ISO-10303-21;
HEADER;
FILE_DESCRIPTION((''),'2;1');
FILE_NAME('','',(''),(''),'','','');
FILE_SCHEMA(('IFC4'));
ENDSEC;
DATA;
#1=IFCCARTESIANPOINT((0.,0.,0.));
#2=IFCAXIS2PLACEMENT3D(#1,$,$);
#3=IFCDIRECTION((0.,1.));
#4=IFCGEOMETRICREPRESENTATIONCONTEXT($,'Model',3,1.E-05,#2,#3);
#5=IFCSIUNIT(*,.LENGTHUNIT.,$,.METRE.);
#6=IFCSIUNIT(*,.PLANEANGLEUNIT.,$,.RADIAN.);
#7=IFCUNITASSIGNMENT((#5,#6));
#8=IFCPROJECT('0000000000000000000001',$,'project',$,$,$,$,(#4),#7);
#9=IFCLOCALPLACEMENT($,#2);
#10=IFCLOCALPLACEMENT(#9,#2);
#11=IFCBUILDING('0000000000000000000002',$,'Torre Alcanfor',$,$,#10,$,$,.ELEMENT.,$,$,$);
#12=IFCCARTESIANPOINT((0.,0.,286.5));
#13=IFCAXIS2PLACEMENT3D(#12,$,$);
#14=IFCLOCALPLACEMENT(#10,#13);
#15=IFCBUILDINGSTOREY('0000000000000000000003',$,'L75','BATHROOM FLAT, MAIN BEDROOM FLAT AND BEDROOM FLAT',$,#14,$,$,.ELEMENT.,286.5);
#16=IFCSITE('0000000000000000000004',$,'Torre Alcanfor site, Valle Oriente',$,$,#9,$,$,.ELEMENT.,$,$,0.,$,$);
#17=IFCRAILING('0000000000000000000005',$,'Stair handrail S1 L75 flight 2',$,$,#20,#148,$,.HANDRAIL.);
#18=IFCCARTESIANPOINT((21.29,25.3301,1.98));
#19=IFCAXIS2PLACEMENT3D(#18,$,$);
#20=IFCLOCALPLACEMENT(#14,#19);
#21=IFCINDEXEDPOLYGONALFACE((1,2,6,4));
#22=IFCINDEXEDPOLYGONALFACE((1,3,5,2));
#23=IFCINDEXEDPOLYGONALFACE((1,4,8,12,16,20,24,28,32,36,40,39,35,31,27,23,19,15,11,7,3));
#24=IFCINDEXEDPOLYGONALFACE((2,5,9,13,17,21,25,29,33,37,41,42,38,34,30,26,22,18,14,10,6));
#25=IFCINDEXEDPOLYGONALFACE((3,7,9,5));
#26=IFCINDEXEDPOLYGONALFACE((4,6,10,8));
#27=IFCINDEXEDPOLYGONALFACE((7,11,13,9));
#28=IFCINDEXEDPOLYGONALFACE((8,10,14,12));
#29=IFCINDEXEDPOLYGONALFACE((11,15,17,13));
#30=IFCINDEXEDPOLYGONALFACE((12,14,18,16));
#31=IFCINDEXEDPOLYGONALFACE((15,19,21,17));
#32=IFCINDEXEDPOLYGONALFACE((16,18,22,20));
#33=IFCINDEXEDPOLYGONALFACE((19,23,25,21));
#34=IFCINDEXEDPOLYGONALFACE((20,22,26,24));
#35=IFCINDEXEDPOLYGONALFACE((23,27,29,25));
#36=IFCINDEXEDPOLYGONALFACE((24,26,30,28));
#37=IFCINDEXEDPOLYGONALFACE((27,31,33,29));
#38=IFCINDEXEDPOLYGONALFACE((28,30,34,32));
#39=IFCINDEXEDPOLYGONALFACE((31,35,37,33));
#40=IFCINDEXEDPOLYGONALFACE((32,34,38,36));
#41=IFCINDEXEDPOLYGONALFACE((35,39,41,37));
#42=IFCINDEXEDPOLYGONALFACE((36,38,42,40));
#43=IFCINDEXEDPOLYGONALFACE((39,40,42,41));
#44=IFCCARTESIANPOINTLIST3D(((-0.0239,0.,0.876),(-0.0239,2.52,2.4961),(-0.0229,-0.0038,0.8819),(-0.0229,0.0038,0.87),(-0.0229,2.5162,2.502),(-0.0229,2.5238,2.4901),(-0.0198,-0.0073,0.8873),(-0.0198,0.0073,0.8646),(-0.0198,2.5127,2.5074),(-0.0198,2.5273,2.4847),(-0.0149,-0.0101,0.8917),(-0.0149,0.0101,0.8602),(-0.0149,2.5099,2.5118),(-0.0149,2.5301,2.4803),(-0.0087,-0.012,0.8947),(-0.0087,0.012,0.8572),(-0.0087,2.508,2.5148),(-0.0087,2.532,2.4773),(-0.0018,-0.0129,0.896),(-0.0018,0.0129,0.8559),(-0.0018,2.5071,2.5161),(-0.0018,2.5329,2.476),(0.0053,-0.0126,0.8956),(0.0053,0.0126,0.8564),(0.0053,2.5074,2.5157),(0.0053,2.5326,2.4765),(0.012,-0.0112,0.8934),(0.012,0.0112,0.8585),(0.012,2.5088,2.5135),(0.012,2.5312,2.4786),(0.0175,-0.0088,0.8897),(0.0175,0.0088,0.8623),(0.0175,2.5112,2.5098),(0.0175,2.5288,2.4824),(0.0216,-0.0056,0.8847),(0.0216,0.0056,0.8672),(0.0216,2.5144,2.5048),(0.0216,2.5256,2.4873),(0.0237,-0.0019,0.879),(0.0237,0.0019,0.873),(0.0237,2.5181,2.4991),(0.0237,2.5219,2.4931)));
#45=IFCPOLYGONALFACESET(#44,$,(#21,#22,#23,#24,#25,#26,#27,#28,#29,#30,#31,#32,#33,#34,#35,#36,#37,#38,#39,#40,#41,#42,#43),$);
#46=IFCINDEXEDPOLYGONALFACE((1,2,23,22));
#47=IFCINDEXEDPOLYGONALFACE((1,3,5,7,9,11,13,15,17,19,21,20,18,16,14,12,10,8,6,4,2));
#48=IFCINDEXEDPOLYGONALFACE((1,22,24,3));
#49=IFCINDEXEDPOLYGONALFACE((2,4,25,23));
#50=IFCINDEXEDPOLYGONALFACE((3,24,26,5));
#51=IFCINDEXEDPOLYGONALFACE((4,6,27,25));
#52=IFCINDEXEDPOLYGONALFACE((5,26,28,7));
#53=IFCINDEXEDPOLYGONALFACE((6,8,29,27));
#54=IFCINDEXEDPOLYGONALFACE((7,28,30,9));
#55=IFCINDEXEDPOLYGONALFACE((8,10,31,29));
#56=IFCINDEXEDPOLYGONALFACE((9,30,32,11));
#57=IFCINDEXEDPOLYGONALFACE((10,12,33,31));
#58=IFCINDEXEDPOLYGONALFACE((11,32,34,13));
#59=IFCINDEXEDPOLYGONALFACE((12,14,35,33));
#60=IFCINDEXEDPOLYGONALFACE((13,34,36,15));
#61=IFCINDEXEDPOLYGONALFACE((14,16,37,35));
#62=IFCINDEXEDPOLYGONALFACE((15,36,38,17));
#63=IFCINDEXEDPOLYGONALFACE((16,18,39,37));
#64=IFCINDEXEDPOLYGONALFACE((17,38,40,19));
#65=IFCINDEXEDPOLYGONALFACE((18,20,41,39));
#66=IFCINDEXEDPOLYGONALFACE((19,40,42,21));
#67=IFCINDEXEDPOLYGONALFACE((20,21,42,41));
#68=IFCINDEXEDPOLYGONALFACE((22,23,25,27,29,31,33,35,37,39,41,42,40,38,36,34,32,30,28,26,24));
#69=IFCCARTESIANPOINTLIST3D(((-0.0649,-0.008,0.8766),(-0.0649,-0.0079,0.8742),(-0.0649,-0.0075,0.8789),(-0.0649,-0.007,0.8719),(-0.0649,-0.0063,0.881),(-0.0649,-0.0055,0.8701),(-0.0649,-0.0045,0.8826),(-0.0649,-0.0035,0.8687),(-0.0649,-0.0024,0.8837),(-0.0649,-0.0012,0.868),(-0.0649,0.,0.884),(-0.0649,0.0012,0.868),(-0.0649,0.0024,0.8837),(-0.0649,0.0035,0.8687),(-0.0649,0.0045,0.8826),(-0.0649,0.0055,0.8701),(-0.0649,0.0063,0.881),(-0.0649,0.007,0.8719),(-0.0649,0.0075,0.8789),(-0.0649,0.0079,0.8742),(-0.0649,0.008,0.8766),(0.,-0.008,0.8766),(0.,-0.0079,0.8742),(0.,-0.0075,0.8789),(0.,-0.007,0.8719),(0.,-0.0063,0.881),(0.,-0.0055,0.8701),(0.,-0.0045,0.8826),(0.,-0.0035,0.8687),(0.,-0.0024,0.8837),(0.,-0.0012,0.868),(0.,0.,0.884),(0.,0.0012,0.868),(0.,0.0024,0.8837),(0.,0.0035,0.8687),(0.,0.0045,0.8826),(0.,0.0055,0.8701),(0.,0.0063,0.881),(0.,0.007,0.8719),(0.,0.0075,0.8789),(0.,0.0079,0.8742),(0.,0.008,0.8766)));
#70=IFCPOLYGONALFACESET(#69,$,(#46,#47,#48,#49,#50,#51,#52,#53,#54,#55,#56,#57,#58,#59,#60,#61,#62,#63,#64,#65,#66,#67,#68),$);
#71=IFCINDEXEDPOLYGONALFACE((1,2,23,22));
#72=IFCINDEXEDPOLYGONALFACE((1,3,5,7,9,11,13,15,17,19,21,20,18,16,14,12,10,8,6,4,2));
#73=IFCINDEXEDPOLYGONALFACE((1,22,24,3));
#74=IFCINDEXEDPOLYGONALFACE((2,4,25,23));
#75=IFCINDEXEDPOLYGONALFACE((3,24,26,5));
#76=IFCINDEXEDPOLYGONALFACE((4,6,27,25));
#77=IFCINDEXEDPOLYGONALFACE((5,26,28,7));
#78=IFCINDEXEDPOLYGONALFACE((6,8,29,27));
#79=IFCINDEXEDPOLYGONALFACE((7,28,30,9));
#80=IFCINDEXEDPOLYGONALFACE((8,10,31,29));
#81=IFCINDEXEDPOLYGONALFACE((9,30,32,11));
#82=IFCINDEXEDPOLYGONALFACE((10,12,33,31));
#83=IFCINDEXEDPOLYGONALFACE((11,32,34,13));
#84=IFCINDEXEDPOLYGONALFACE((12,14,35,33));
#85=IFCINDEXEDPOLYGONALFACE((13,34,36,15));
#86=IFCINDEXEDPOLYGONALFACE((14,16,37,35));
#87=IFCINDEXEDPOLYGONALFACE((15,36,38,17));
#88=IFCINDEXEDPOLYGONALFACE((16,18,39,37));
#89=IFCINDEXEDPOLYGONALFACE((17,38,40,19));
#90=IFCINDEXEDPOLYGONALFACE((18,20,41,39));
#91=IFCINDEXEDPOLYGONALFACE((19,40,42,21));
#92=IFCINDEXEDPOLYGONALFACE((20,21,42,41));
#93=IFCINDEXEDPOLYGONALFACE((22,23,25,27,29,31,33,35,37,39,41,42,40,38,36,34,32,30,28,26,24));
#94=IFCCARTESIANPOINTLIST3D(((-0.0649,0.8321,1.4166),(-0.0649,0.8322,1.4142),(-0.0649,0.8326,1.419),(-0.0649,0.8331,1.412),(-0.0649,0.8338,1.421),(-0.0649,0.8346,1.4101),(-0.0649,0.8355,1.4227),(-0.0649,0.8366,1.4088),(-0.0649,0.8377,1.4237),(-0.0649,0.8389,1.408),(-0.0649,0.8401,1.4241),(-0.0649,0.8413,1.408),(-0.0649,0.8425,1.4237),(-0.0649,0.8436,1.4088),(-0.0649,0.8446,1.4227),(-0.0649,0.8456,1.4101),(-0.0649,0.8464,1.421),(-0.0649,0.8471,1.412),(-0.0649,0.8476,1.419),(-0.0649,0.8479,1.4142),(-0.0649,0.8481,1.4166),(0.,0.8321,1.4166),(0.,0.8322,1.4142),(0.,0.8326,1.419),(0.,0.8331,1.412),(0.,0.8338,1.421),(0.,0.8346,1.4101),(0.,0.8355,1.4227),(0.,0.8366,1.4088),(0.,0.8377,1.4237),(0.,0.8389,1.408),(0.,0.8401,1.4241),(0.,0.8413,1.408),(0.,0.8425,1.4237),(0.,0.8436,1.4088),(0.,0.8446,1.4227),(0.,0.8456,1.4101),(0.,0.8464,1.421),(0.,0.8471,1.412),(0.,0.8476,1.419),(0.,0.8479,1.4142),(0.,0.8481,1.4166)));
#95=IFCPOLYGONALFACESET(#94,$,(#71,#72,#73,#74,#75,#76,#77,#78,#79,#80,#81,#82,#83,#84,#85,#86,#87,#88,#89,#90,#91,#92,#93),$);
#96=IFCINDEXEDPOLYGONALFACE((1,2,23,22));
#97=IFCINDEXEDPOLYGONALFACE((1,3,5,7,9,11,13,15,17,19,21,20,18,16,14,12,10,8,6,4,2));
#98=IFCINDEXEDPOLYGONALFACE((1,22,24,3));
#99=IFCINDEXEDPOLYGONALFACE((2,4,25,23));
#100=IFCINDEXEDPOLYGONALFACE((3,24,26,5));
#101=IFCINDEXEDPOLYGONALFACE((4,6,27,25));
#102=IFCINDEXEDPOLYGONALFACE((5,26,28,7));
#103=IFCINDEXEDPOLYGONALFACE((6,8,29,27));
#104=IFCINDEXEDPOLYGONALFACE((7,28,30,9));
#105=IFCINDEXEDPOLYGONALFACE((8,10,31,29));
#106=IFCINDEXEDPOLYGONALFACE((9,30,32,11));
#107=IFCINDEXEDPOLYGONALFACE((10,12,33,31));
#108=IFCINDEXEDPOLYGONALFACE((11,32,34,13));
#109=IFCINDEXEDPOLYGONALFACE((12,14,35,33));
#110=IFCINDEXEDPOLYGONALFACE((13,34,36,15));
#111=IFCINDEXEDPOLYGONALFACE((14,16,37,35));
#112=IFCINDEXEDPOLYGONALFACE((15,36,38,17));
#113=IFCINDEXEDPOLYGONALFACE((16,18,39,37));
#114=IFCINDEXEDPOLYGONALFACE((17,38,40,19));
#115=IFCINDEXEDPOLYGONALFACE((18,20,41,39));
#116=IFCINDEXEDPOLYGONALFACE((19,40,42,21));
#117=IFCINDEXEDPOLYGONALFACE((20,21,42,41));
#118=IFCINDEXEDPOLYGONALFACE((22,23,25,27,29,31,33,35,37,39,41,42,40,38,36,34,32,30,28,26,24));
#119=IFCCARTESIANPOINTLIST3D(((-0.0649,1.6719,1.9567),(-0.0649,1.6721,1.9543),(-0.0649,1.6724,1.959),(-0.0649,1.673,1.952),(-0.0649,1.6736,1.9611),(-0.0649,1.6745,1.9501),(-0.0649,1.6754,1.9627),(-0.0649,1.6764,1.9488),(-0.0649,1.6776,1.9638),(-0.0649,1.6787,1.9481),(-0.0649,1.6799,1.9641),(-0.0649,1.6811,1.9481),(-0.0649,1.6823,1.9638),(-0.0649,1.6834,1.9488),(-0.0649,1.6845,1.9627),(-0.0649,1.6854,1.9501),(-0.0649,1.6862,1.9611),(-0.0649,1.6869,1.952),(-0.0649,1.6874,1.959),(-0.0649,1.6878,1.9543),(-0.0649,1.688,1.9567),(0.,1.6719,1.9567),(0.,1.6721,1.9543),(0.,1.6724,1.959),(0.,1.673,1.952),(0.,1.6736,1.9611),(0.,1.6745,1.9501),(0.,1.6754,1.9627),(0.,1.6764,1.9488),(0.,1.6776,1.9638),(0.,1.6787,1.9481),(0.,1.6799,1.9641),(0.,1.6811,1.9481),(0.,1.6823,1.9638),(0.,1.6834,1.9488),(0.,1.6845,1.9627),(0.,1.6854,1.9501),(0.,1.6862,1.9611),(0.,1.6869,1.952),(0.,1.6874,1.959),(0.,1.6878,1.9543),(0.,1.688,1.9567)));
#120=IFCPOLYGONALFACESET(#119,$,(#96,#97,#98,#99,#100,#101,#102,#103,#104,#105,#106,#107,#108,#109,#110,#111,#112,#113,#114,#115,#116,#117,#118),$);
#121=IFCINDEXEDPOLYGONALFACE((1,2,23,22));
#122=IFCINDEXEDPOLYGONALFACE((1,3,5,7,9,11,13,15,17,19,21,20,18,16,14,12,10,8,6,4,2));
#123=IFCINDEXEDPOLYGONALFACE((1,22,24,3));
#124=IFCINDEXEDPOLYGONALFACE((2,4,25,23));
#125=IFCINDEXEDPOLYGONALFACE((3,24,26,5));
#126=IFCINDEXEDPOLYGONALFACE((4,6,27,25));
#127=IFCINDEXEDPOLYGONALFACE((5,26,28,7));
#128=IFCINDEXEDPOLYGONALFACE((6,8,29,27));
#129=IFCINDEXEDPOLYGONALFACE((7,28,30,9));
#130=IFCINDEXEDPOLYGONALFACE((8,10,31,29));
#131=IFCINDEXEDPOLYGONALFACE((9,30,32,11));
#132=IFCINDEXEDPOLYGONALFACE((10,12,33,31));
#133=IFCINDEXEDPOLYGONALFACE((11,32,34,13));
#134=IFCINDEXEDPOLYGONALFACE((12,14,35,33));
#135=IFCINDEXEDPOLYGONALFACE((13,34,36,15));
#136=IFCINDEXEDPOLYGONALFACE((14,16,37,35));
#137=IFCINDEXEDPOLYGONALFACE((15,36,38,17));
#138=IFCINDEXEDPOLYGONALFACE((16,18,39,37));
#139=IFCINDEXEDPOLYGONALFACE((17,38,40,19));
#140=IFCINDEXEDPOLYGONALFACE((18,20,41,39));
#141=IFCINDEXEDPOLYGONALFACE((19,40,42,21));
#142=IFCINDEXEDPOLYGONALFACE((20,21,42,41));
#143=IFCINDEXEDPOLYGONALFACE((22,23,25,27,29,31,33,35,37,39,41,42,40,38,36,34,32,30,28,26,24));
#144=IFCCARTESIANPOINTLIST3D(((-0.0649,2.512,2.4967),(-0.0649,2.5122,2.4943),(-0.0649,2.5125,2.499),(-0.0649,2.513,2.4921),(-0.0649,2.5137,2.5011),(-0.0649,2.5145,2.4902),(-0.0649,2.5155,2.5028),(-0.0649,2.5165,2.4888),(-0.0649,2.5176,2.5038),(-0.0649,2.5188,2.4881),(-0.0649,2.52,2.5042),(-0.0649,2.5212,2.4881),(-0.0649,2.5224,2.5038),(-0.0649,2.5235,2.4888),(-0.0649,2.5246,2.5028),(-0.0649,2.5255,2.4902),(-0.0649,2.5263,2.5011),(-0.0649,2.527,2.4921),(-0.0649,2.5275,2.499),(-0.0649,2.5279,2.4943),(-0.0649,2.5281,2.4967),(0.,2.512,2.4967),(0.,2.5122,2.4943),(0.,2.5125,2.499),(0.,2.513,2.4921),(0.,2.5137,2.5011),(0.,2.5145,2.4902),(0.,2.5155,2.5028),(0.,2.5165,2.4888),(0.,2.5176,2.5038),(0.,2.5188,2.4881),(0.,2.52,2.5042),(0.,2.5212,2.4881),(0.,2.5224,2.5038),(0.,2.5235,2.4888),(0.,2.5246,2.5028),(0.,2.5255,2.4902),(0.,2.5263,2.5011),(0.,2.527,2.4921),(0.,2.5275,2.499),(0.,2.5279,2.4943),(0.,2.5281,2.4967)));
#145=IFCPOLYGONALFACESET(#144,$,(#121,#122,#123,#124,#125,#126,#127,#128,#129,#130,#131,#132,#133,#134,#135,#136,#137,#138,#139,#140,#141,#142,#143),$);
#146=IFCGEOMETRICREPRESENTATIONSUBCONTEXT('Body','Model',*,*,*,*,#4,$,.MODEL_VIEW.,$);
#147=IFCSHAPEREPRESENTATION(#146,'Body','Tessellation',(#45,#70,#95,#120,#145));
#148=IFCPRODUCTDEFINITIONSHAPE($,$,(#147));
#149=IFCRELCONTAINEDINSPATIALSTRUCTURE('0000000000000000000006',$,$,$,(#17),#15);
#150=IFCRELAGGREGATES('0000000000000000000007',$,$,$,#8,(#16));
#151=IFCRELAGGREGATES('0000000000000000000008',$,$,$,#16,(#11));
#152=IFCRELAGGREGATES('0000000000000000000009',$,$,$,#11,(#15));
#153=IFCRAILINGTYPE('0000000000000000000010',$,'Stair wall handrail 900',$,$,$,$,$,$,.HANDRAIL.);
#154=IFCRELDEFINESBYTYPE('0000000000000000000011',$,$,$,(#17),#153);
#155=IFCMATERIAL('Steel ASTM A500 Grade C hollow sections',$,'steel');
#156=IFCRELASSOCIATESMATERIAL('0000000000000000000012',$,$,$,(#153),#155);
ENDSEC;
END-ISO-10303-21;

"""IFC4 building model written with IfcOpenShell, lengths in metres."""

from ifc_helpers import new_model, si_unit, direction, frame, origin, origin_2d, place, context, subcontext, project, spatial, circle, extrude, material, type_object, element, save


model = new_model("IFC4")

# Units and contexts
model_context = context("Model", 3, precision=1e-05, world=origin(), true_north=direction((0.0, 1.0)))
body_context = subcontext(model_context, "Body", "Model", "MODEL_VIEW")
ifc_project = project(units=[si_unit("LENGTHUNIT", "METRE"), si_unit("PLANEANGLEUNIT", "RADIAN")], contexts=[model_context])

# Site, building, storey
site_placement = place(None, origin())
site = spatial("IfcSite", under=ifc_project, at=site_placement, Name="Torre Alcanfor site, Valle Oriente", CompositionType="ELEMENT", RefElevation=0.0)
building_placement = place(site_placement, origin())
building = spatial("IfcBuilding", under=site, at=building_placement, Name="Torre Alcanfor", CompositionType="ELEMENT")
storey_placement = place(building_placement, frame((0.0, 0.0, 286.5)))
storey = spatial("IfcBuildingStorey", under=building, at=storey_placement, Name="L75", Description="BATHROOM FLAT, MAIN BEDROOM FLAT AND BEDROOM FLAT", CompositionType="ELEMENT", Elevation=286.5)

# Railing
ifc_material_1 = material(Name="Steel ASTM A500 Grade C hollow sections", Category="steel")
railing_type_1 = type_object("IfcRailingType", Name="Stair wall handrail 900", PredefinedType="HANDRAIL", material=ifc_material_1)
railing_1_placement = place(storey_placement, frame((21.29, 25.3301, 1.98)))
element("IfcRailing", 1, at=railing_1_placement, inside=storey, type_object=railing_type_1, Name="Stair handrail S1 L75 flight 2", PredefinedType="HANDRAIL", context=body_context, shape_type="SweptSolid", body=[
    extrude(circle(Radius=0.0239, at=origin_2d()), frame((0.0, 0.0, 0.876), z_axis=(0.0, 0.841163, 0.540782), x_axis=(-1.0, 0.0, 0.0)), (0.0, 0.0, 1.0), 2.9958),
    extrude(circle(Radius=0.0081, at=origin_2d()), frame((0.0, 0.0, 0.876), z_axis=(-1.0, 0.0, 0.0), x_axis=(0.0, 0.0, 1.0)), (0.0, 0.0, 1.0), 0.0649),
    extrude(circle(Radius=0.0081, at=origin_2d()), frame((0.0, 0.8401, 1.416), z_axis=(-1.0, 0.0, 0.0), x_axis=(0.0, 0.0, 1.0)), (0.0, 0.0, 1.0), 0.0649),
    extrude(circle(Radius=0.0081, at=origin_2d()), frame((0.0, 1.6799, 1.9561), z_axis=(-1.0, 0.0, 0.0), x_axis=(0.0, 0.0, 1.0)), (0.0, 0.0, 1.0), 0.0649),
    extrude(circle(Radius=0.0081, at=origin_2d()), frame((0.0, 2.52, 2.4961), z_axis=(-1.0, 0.0, 0.0), x_axis=(0.0, 0.0, 1.0)), (0.0, 0.0, 1.0), 0.0649),
])

save(model, "model.ifc")
